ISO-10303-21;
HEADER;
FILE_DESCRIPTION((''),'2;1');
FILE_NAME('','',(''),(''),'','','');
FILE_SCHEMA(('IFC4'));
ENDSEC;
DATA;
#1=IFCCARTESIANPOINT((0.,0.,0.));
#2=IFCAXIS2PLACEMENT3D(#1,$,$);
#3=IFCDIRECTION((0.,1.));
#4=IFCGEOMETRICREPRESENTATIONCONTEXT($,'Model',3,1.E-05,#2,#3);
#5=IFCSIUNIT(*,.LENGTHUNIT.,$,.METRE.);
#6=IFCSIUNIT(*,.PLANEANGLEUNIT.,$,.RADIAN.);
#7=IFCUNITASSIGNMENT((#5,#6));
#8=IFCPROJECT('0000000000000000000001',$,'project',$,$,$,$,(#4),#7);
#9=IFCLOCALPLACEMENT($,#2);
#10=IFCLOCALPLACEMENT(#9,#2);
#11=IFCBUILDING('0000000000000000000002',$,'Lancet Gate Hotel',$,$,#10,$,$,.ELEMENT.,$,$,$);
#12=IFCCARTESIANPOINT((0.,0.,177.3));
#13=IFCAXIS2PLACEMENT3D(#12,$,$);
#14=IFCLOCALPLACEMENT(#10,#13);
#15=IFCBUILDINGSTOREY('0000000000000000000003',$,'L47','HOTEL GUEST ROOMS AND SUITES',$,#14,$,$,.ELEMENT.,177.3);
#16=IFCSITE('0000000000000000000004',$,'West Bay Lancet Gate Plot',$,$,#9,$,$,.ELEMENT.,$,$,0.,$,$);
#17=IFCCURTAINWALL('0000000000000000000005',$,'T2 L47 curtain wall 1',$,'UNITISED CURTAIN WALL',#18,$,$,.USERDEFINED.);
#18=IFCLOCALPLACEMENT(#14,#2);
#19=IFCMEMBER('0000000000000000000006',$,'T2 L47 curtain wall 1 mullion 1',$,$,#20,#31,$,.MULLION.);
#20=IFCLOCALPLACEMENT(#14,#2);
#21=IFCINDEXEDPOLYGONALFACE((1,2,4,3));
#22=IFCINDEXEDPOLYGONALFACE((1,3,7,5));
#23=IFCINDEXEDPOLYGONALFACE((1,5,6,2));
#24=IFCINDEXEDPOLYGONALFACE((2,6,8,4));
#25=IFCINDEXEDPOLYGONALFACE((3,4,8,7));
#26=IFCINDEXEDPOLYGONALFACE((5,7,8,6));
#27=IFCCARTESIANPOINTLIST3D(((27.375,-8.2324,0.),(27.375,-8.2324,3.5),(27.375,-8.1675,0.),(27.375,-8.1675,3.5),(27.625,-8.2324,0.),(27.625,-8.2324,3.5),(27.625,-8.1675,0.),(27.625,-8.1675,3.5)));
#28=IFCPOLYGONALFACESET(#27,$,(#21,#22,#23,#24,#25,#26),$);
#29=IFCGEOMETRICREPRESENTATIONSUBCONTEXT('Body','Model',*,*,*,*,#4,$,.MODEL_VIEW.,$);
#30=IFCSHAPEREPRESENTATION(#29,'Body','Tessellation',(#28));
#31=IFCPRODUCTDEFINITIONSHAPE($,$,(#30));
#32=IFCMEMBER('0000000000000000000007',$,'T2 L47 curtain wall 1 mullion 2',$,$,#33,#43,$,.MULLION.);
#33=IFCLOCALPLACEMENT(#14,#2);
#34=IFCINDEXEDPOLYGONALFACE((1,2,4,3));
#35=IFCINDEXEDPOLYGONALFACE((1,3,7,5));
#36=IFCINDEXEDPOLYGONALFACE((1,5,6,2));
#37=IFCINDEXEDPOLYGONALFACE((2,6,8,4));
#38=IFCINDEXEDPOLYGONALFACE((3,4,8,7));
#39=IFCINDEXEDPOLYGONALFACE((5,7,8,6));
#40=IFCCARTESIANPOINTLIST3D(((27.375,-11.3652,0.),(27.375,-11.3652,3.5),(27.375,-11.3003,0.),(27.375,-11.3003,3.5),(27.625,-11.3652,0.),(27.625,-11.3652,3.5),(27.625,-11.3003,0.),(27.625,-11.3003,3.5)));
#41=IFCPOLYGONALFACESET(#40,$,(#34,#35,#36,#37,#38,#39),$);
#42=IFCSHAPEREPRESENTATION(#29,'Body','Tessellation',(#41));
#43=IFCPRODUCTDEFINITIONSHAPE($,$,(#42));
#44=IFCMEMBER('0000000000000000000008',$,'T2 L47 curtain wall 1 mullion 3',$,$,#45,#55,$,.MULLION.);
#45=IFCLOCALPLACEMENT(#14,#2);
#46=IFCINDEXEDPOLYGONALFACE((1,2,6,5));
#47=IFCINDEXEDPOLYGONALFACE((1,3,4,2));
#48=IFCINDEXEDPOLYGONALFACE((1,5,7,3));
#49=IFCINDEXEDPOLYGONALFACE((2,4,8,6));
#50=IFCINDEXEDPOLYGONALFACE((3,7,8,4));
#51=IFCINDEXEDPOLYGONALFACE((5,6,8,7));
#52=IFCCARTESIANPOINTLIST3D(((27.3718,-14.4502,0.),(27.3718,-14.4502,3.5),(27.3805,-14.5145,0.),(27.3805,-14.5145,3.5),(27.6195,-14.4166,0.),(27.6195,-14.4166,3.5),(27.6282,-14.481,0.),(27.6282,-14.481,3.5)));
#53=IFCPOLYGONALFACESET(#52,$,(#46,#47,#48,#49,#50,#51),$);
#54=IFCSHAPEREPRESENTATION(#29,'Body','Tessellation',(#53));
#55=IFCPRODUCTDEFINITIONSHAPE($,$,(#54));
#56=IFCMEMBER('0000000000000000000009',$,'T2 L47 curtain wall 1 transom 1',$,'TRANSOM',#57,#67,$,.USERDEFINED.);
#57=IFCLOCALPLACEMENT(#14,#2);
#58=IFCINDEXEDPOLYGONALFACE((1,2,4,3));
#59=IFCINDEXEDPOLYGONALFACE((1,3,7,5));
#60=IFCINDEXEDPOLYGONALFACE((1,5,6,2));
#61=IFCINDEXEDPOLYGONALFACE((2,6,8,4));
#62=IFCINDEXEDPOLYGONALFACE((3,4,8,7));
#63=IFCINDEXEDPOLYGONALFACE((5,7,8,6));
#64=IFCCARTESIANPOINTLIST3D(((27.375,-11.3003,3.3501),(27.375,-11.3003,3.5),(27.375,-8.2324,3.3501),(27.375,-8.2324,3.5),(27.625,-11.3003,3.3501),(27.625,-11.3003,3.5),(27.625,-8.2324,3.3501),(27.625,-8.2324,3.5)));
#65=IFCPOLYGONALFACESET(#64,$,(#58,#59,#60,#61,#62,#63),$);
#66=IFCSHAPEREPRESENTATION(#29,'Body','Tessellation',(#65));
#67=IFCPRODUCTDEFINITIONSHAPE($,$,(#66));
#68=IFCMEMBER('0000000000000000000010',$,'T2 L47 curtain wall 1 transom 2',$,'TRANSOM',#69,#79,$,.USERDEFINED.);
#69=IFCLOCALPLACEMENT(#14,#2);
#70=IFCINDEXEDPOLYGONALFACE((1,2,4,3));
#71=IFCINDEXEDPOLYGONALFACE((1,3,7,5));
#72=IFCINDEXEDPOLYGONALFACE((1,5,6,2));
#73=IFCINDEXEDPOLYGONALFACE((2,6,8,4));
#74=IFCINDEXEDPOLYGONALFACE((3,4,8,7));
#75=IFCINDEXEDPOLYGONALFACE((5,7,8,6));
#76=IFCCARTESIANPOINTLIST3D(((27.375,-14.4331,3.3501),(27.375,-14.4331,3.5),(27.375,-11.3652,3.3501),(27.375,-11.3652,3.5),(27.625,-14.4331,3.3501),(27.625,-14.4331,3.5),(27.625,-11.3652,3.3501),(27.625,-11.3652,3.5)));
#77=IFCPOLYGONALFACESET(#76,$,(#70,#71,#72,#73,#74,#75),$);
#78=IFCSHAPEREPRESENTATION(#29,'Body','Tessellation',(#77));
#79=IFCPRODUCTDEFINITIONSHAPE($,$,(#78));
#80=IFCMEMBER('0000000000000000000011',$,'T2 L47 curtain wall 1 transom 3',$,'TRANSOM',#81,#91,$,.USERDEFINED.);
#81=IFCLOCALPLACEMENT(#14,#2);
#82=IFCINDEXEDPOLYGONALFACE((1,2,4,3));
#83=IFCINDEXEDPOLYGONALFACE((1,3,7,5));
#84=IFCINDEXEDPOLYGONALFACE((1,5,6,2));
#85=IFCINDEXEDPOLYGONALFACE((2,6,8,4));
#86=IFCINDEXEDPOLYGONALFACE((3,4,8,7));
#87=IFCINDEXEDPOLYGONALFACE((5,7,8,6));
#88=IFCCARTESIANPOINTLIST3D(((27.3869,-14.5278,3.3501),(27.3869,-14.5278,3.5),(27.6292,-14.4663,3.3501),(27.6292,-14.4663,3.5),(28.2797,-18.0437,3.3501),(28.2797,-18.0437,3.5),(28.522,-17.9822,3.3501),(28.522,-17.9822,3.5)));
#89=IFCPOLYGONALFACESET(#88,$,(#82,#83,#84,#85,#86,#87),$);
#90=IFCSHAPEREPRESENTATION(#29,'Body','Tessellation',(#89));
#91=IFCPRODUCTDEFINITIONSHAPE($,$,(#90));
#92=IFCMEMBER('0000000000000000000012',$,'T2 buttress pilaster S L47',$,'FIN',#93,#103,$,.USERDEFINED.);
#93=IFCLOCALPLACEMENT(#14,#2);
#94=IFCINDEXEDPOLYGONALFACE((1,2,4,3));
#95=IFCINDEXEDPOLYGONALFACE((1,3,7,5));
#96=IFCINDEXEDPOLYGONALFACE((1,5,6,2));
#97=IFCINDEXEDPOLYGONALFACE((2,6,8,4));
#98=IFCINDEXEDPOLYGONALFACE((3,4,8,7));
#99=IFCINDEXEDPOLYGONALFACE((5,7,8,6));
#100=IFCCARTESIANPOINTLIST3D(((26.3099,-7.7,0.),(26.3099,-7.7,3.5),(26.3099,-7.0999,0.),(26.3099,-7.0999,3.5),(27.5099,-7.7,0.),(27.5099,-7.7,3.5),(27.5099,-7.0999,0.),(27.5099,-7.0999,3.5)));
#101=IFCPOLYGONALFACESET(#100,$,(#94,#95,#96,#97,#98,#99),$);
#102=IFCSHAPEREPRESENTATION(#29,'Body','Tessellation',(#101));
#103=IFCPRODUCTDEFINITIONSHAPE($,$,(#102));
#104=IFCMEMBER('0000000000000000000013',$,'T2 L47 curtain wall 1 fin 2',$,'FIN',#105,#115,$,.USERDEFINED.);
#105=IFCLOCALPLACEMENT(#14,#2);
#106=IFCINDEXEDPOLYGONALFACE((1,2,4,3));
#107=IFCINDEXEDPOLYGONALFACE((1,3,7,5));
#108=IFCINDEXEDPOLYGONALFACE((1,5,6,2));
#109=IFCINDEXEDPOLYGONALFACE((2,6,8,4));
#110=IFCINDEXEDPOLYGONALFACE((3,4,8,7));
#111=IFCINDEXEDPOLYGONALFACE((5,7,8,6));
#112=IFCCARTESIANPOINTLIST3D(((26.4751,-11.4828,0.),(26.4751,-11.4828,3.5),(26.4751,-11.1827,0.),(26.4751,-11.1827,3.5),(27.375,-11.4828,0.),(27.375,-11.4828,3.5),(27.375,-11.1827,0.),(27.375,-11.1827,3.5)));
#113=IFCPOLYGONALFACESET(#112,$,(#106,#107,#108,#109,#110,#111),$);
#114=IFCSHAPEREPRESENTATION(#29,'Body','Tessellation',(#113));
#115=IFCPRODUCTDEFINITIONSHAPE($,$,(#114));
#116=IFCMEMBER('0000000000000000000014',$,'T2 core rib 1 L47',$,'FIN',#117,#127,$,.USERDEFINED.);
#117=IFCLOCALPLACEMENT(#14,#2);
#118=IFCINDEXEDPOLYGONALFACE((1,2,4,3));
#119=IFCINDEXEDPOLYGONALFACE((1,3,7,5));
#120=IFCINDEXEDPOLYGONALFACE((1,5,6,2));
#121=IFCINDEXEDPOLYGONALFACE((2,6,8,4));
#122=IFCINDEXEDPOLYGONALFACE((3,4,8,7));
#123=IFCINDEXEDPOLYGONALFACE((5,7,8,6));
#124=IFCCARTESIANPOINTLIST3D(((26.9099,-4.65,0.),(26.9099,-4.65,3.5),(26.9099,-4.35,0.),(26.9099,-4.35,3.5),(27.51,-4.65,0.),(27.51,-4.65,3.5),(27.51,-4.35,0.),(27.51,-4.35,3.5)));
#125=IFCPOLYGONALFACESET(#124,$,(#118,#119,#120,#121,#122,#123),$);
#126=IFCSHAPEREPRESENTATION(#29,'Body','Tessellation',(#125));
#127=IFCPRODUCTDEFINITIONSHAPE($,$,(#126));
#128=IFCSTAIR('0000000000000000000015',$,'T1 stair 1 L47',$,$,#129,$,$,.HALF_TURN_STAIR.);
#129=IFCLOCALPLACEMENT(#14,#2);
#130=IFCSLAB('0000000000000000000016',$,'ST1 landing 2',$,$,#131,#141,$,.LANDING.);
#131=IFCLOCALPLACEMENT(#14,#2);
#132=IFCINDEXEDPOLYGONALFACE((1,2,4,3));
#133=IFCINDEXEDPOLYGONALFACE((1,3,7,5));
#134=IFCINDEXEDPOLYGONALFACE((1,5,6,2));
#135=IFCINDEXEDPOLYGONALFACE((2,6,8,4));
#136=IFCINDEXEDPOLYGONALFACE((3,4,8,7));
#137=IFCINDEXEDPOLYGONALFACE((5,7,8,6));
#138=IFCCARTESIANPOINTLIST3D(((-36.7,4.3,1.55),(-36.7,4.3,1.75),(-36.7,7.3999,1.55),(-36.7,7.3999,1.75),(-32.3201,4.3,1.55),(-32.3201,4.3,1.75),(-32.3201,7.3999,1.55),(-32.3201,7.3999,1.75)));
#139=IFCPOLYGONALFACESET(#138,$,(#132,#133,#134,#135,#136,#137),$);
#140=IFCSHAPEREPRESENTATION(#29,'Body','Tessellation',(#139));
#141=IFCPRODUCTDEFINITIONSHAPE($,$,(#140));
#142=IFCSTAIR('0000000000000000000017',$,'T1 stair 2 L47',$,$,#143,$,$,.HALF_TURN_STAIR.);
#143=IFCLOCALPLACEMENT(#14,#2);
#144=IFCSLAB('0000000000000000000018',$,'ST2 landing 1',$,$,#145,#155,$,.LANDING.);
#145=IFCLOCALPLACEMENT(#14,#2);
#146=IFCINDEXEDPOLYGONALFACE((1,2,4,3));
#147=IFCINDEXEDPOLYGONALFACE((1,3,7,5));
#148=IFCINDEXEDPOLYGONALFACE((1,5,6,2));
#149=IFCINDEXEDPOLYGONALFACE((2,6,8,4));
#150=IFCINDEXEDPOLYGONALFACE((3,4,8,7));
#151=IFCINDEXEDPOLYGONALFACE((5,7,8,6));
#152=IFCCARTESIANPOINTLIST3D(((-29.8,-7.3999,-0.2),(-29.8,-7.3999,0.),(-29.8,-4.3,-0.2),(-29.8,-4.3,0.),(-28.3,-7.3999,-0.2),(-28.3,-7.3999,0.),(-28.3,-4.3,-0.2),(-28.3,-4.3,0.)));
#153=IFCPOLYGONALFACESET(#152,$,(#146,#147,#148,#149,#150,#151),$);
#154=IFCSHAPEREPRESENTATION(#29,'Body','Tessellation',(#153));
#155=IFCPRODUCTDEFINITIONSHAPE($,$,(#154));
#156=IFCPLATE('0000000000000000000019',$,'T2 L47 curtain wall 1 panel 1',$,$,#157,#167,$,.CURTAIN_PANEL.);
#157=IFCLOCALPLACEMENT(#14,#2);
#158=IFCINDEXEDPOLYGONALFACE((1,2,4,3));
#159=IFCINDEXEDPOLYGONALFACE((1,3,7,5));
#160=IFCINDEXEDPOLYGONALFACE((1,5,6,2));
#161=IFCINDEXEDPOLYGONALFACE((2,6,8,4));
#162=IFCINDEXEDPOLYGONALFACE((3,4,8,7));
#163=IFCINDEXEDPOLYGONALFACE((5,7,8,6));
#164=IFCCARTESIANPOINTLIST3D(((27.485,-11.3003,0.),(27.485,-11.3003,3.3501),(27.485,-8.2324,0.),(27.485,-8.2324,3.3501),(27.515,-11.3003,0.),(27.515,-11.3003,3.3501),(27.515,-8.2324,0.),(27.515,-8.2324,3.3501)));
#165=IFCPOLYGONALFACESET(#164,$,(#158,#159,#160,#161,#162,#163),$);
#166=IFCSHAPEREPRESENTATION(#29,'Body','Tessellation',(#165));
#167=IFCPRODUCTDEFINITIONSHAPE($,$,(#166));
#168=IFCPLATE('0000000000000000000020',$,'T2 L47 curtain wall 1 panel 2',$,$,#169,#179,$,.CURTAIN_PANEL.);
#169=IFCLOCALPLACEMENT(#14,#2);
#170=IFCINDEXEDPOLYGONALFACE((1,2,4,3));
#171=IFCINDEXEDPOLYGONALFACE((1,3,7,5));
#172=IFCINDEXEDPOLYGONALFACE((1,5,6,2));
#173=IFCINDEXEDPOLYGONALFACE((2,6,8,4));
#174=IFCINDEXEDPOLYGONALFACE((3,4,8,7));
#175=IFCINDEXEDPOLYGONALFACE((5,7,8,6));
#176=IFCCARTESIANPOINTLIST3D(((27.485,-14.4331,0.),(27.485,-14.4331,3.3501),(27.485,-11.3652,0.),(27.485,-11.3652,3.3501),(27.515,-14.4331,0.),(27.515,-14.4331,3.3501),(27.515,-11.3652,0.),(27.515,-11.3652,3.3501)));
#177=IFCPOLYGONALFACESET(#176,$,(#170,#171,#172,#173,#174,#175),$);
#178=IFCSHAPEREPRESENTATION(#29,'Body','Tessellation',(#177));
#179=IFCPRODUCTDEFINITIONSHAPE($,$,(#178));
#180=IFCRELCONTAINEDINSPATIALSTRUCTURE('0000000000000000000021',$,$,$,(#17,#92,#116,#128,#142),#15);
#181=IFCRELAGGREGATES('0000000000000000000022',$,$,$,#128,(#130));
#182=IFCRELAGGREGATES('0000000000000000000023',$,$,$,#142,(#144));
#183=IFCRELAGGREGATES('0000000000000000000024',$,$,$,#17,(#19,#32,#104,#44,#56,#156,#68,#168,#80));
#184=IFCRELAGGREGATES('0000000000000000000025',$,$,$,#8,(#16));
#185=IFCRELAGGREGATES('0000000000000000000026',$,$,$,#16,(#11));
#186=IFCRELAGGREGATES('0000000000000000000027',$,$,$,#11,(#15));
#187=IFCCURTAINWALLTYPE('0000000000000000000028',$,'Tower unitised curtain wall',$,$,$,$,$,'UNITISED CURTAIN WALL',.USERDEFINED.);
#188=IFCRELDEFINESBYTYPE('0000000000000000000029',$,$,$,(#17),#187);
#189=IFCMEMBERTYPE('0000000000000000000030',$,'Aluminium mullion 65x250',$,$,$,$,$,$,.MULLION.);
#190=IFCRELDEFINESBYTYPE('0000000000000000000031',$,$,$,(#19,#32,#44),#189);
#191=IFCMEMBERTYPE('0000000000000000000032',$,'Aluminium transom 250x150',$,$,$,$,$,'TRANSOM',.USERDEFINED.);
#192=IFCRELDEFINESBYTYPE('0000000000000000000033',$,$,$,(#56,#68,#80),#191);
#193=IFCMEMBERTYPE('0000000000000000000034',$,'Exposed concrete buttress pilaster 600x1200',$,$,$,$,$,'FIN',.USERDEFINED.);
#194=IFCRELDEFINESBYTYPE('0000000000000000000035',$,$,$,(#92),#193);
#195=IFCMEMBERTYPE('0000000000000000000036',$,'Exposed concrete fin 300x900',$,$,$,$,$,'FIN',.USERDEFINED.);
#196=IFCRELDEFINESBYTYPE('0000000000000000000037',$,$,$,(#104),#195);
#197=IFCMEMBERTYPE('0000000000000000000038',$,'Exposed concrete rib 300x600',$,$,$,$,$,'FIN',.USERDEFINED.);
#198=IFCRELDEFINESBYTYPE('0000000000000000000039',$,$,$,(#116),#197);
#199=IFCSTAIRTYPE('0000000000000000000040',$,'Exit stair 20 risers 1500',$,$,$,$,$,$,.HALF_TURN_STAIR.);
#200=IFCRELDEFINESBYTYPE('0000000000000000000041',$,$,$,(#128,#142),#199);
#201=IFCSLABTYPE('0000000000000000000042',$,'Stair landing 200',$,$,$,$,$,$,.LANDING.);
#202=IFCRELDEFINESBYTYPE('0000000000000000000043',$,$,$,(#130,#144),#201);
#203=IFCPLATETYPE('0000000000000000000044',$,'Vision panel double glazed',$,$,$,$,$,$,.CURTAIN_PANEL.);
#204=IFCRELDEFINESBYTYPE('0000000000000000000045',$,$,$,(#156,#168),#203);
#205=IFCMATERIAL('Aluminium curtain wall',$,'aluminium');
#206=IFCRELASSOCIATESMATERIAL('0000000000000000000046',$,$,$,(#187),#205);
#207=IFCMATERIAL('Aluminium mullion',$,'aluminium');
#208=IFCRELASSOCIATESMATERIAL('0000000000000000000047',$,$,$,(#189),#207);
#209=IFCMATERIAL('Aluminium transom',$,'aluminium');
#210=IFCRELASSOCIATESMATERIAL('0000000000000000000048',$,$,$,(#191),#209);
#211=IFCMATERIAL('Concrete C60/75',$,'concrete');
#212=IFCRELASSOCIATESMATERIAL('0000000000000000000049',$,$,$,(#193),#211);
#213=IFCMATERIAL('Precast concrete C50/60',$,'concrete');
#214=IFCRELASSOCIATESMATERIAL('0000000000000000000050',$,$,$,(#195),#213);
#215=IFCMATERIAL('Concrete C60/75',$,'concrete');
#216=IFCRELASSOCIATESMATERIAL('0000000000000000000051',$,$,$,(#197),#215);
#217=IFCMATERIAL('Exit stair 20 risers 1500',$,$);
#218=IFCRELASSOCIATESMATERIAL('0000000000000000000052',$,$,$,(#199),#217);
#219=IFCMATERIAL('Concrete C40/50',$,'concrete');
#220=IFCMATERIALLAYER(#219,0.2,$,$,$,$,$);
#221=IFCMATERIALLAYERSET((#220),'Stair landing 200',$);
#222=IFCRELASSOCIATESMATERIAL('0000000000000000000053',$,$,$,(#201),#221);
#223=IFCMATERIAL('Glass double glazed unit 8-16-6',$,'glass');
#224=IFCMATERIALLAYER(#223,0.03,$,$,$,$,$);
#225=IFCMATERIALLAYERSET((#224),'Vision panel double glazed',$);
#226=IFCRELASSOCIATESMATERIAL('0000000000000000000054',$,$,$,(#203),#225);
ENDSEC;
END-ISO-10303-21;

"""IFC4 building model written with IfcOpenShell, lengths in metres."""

from ifc_helpers import new_model, si_unit, direction, frame, origin, origin_2d, place, context, subcontext, project, spatial, polyline, rectangle, outline, extrude, material, layer, layer_set, material_profile, profile_set, type_object, element, aggregate, save


model = new_model("IFC4")

# Units and contexts
model_context = context("Model", 3, precision=1e-05, world=origin(), true_north=direction((0.0, 1.0)))
body_context = subcontext(model_context, "Body", "Model", "MODEL_VIEW")
ifc_project = project(units=[si_unit("LENGTHUNIT", "METRE"), si_unit("PLANEANGLEUNIT", "RADIAN")], contexts=[model_context])

# Site, building, storey
site_placement = place(None, origin())
site = spatial("IfcSite", under=ifc_project, at=site_placement, Name="West Bay Lancet Gate Plot", CompositionType="ELEMENT", RefElevation=0.0)
building_placement = place(site_placement, origin())
building = spatial("IfcBuilding", under=site, at=building_placement, Name="Lancet Gate Hotel", CompositionType="ELEMENT")
storey_placement = place(building_placement, frame((0.0, 0.0, 177.3)))
storey = spatial("IfcBuildingStorey", under=building, at=storey_placement, Name="L47", Description="HOTEL GUEST ROOMS AND SUITES", CompositionType="ELEMENT", Elevation=177.3)

# Curtain wall, members
ifc_material_1 = material(Name="Aluminium curtain wall", Category="aluminium")
curtain_wall_type = type_object("IfcCurtainWallType", Name="Tower unitised curtain wall", ElementType="UNITISED CURTAIN WALL", PredefinedType="USERDEFINED", material=ifc_material_1)
curtain_wall_placement = place(storey_placement, origin())
curtain_wall = element("IfcCurtainWall", 1, at=curtain_wall_placement, inside=storey, type_object=curtain_wall_type, Name="T2 L47 curtain wall 1", ObjectType="UNITISED CURTAIN WALL", PredefinedType="USERDEFINED")
ifc_material_2 = material(Name="Aluminium mullion", Category="aluminium")
ifc_material_profile_1 = material_profile(ifc_material_2, rectangle(XDim=0.0649, YDim=0.25, at=origin_2d()), Name="MULLION 65x250")
ifc_profile_set_1 = profile_set([ifc_material_profile_1], Name="Aluminium mullion")
member_type_1 = type_object("IfcMemberType", Name="Aluminium mullion 65x250", PredefinedType="MULLION", material=ifc_profile_set_1)
member_1_placement = place(storey_placement, frame((27.5, -8.2, 0.0), z_axis=(0.0, 0.0, 1.0), x_axis=(0.0, -1.0, 0.0)))
member_1 = element("IfcMember", 2, at=member_1_placement, type_object=member_type_1, Name="T2 L47 curtain wall 1 mullion 1", PredefinedType="MULLION", context=body_context, shape_type="SweptSolid", body=[
    extrude(rectangle(XDim=0.0649, YDim=0.25, at=origin_2d()), origin(), (0.0, 0.0, 1.0), 3.5),
])
member_2_placement = place(storey_placement, frame((27.5, -11.3328, 0.0), z_axis=(0.0, 0.0, 1.0), x_axis=(0.0, -1.0, 0.0)))
member_2 = element("IfcMember", 3, at=member_2_placement, type_object=member_type_1, Name="T2 L47 curtain wall 1 mullion 2", PredefinedType="MULLION", context=body_context, shape_type="SweptSolid", body=[
    extrude(rectangle(XDim=0.0649, YDim=0.25, at=origin_2d()), origin(), (0.0, 0.0, 1.0), 3.5),
])
member_3_placement = place(storey_placement, frame((27.5, -14.4656, 0.0), z_axis=(0.0, 0.0, 1.0), x_axis=(0.134207, -0.990953, 0.0)))
member_3 = element("IfcMember", 4, at=member_3_placement, type_object=member_type_1, Name="T2 L47 curtain wall 1 mullion 3", PredefinedType="MULLION", context=body_context, shape_type="SweptSolid", body=[
    extrude(rectangle(XDim=0.0649, YDim=0.25, at=origin_2d()), origin(), (0.0, 0.0, 1.0), 3.5),
])
ifc_material_3 = material(Name="Aluminium transom", Category="aluminium")
ifc_material_profile_2 = material_profile(ifc_material_3, rectangle(XDim=0.25, YDim=0.1499, at=origin_2d()), Name="TRANSOM 250x150")
ifc_profile_set_2 = profile_set([ifc_material_profile_2], Name="Aluminium transom")
member_type_2 = type_object("IfcMemberType", Name="Aluminium transom 250x150", ElementType="TRANSOM", PredefinedType="USERDEFINED", material=ifc_profile_set_2)
member_4_placement = place(storey_placement, frame((27.5, -8.2324, 3.425), z_axis=(0.0, -1.0, 0.0), x_axis=(1.0, 0.0, 0.0)))
member_4 = element("IfcMember", 5, at=member_4_placement, type_object=member_type_2, Name="T2 L47 curtain wall 1 transom 1", ObjectType="TRANSOM", PredefinedType="USERDEFINED", context=body_context, shape_type="SweptSolid", body=[
    extrude(rectangle(XDim=0.25, YDim=0.1499, at=origin_2d()), origin(), (0.0, 0.0, 1.0), 3.0679),
])
member_5_placement = place(storey_placement, frame((27.5, -11.3652, 3.425), z_axis=(0.0, -1.0, 0.0), x_axis=(1.0, 0.0, 0.0)))
member_5 = element("IfcMember", 6, at=member_5_placement, type_object=member_type_2, Name="T2 L47 curtain wall 1 transom 2", ObjectType="TRANSOM", PredefinedType="USERDEFINED", context=body_context, shape_type="SweptSolid", body=[
    extrude(rectangle(XDim=0.25, YDim=0.1499, at=origin_2d()), origin(), (0.0, 0.0, 1.0), 3.0679),
])
member_6_placement = place(storey_placement, frame((27.5081, -14.4971, 3.425), z_axis=(0.246129, -0.969237, 0.0), x_axis=(0.969237, 0.246129, 0.0)))
member_6 = element("IfcMember", 7, at=member_6_placement, type_object=member_type_2, Name="T2 L47 curtain wall 1 transom 3", ObjectType="TRANSOM", PredefinedType="USERDEFINED", context=body_context, shape_type="SweptSolid", body=[
    extrude(rectangle(XDim=0.25, YDim=0.1499, at=origin_2d()), origin(), (0.0, 0.0, 1.0), 3.6274),
])

# Members
ifc_material_4 = material(Name="Concrete C60/75", Category="concrete")
ifc_material_profile_3 = material_profile(ifc_material_4, rectangle(XDim=0.6001, YDim=1.2, at=origin_2d()), Name="FIN 600x1200")
ifc_profile_set_3 = profile_set([ifc_material_profile_3], Name="Concrete C60/75")
member_type_3 = type_object("IfcMemberType", Name="Exposed concrete buttress pilaster 600x1200", ElementType="FIN", PredefinedType="USERDEFINED", material=ifc_profile_set_3)
member_7_placement = place(storey_placement, frame((26.9099, -7.3999, 0.0), z_axis=(0.0, 0.0, 1.0), x_axis=(0.0, 1.0, 0.0)))
element("IfcMember", 8, at=member_7_placement, inside=storey, type_object=member_type_3, Name="T2 buttress pilaster S L47", ObjectType="FIN", PredefinedType="USERDEFINED", context=body_context, shape_type="SweptSolid", body=[
    extrude(rectangle(XDim=0.6001, YDim=1.2, at=origin_2d()), origin(), (0.0, 0.0, 1.0), 3.5),
])
ifc_material_5 = material(Name="Precast concrete C50/60", Category="concrete")
ifc_material_profile_4 = material_profile(ifc_material_5, rectangle(XDim=0.3, YDim=0.8999, at=origin_2d()), Name="FIN 300x900")
ifc_profile_set_4 = profile_set([ifc_material_profile_4], Name="Precast concrete C50/60")
member_type_4 = type_object("IfcMemberType", Name="Exposed concrete fin 300x900", ElementType="FIN", PredefinedType="USERDEFINED", material=ifc_profile_set_4)
member_8_placement = place(storey_placement, frame((26.925, -11.3328, 0.0), z_axis=(0.0, 0.0, 1.0), x_axis=(0.0, -1.0, 0.0)))
member_8 = element("IfcMember", 9, at=member_8_placement, type_object=member_type_4, Name="T2 L47 curtain wall 1 fin 2", ObjectType="FIN", PredefinedType="USERDEFINED", context=body_context, shape_type="SweptSolid", body=[
    extrude(rectangle(XDim=0.3, YDim=0.8999, at=origin_2d()), origin(), (0.0, 0.0, 1.0), 3.5),
])
ifc_material_6 = material(Name="Concrete C60/75", Category="concrete")
ifc_material_profile_5 = material_profile(ifc_material_6, rectangle(XDim=0.3, YDim=0.6001, at=origin_2d()), Name="FIN 300x600")
ifc_profile_set_5 = profile_set([ifc_material_profile_5], Name="Concrete C60/75")
member_type_5 = type_object("IfcMemberType", Name="Exposed concrete rib 300x600", ElementType="FIN", PredefinedType="USERDEFINED", material=ifc_profile_set_5)
member_9_placement = place(storey_placement, frame((27.21, -4.5, 0.0), z_axis=(0.0, 0.0, 1.0), x_axis=(0.0, 1.0, 0.0)))
element("IfcMember", 10, at=member_9_placement, inside=storey, type_object=member_type_5, Name="T2 core rib 1 L47", ObjectType="FIN", PredefinedType="USERDEFINED", context=body_context, shape_type="SweptSolid", body=[
    extrude(rectangle(XDim=0.3, YDim=0.6001, at=origin_2d()), origin(), (0.0, 0.0, 1.0), 3.5),
])

# Stairs, slabs
ifc_material_7 = material(Name="Exit stair 20 risers 1500")
stair_type = type_object("IfcStairType", Name="Exit stair 20 risers 1500", PredefinedType="HALF_TURN_STAIR", material=ifc_material_7)
stair_1_placement = place(storey_placement, origin())
stair_1 = element("IfcStair", 11, at=stair_1_placement, inside=storey, type_object=stair_type, Name="T1 stair 1 L47", PredefinedType="HALF_TURN_STAIR")
ifc_material_8 = material(Name="Concrete C40/50", Category="concrete")
ifc_layer_1 = layer(ifc_material_8, 0.2)
ifc_layer_set_1 = layer_set([ifc_layer_1], Name="Stair landing 200")
slab_type = type_object("IfcSlabType", Name="Stair landing 200", PredefinedType="LANDING", material=ifc_layer_set_1)
slab_1_placement = place(storey_placement, frame((0.0, 0.0, 1.55)))
slab_1 = element("IfcSlab", 12, at=slab_1_placement, type_object=slab_type, Name="ST1 landing 2", PredefinedType="LANDING", context=body_context, shape_type="SweptSolid", body=[
    extrude(outline(polyline([(-32.3201, 7.3999), (-36.7, 7.3999), (-36.7, 4.3), (-32.3201, 4.3), (-32.3201, 7.3999)])), origin(), (0.0, 0.0, 1.0), 0.2),
])
aggregate(stair_1, [slab_1])
stair_2_placement = place(storey_placement, origin())
stair_2 = element("IfcStair", 13, at=stair_2_placement, inside=storey, type_object=stair_type, Name="T1 stair 2 L47", PredefinedType="HALF_TURN_STAIR")
slab_2_placement = place(storey_placement, frame((0.0, 0.0, -0.2)))
slab_2 = element("IfcSlab", 14, at=slab_2_placement, type_object=slab_type, Name="ST2 landing 1", PredefinedType="LANDING", context=body_context, shape_type="SweptSolid", body=[
    extrude(outline(polyline([(-28.3, -4.3), (-29.8, -4.3), (-29.8, -7.3999), (-28.3, -7.3999), (-28.3, -4.3)])), origin(), (0.0, 0.0, 1.0), 0.2),
])
aggregate(stair_2, [slab_2])

# Plates
ifc_material_9 = material(Name="Glass double glazed unit 8-16-6", Category="glass")
ifc_layer_2 = layer(ifc_material_9, 0.03)
ifc_layer_set_2 = layer_set([ifc_layer_2], Name="Vision panel double glazed")
plate_type = type_object("IfcPlateType", Name="Vision panel double glazed", PredefinedType="CURTAIN_PANEL", material=ifc_layer_set_2)
plate_1_placement = place(storey_placement, frame((27.5, -9.7664, 0.0), z_axis=(0.0, 0.0, 1.0), x_axis=(0.0, -1.0, 0.0)))
plate_1 = element("IfcPlate", 15, at=plate_1_placement, type_object=plate_type, Name="T2 L47 curtain wall 1 panel 1", PredefinedType="CURTAIN_PANEL", context=body_context, shape_type="SweptSolid", body=[
    extrude(rectangle(XDim=3.0679, YDim=0.03, at=origin_2d()), origin(), (0.0, 0.0, 1.0), 3.3501),
])
plate_2_placement = place(storey_placement, frame((27.5, -12.8992, 0.0), z_axis=(0.0, 0.0, 1.0), x_axis=(0.0, -1.0, 0.0)))
plate_2 = element("IfcPlate", 16, at=plate_2_placement, type_object=plate_type, Name="T2 L47 curtain wall 1 panel 2", PredefinedType="CURTAIN_PANEL", context=body_context, shape_type="SweptSolid", body=[
    extrude(rectangle(XDim=3.0679, YDim=0.03, at=origin_2d()), origin(), (0.0, 0.0, 1.0), 3.3501),
])
aggregate(curtain_wall, [member_1, member_2, member_8, member_3, member_4, plate_1, member_5, plate_2, member_6])

save(model, "model.ifc")
